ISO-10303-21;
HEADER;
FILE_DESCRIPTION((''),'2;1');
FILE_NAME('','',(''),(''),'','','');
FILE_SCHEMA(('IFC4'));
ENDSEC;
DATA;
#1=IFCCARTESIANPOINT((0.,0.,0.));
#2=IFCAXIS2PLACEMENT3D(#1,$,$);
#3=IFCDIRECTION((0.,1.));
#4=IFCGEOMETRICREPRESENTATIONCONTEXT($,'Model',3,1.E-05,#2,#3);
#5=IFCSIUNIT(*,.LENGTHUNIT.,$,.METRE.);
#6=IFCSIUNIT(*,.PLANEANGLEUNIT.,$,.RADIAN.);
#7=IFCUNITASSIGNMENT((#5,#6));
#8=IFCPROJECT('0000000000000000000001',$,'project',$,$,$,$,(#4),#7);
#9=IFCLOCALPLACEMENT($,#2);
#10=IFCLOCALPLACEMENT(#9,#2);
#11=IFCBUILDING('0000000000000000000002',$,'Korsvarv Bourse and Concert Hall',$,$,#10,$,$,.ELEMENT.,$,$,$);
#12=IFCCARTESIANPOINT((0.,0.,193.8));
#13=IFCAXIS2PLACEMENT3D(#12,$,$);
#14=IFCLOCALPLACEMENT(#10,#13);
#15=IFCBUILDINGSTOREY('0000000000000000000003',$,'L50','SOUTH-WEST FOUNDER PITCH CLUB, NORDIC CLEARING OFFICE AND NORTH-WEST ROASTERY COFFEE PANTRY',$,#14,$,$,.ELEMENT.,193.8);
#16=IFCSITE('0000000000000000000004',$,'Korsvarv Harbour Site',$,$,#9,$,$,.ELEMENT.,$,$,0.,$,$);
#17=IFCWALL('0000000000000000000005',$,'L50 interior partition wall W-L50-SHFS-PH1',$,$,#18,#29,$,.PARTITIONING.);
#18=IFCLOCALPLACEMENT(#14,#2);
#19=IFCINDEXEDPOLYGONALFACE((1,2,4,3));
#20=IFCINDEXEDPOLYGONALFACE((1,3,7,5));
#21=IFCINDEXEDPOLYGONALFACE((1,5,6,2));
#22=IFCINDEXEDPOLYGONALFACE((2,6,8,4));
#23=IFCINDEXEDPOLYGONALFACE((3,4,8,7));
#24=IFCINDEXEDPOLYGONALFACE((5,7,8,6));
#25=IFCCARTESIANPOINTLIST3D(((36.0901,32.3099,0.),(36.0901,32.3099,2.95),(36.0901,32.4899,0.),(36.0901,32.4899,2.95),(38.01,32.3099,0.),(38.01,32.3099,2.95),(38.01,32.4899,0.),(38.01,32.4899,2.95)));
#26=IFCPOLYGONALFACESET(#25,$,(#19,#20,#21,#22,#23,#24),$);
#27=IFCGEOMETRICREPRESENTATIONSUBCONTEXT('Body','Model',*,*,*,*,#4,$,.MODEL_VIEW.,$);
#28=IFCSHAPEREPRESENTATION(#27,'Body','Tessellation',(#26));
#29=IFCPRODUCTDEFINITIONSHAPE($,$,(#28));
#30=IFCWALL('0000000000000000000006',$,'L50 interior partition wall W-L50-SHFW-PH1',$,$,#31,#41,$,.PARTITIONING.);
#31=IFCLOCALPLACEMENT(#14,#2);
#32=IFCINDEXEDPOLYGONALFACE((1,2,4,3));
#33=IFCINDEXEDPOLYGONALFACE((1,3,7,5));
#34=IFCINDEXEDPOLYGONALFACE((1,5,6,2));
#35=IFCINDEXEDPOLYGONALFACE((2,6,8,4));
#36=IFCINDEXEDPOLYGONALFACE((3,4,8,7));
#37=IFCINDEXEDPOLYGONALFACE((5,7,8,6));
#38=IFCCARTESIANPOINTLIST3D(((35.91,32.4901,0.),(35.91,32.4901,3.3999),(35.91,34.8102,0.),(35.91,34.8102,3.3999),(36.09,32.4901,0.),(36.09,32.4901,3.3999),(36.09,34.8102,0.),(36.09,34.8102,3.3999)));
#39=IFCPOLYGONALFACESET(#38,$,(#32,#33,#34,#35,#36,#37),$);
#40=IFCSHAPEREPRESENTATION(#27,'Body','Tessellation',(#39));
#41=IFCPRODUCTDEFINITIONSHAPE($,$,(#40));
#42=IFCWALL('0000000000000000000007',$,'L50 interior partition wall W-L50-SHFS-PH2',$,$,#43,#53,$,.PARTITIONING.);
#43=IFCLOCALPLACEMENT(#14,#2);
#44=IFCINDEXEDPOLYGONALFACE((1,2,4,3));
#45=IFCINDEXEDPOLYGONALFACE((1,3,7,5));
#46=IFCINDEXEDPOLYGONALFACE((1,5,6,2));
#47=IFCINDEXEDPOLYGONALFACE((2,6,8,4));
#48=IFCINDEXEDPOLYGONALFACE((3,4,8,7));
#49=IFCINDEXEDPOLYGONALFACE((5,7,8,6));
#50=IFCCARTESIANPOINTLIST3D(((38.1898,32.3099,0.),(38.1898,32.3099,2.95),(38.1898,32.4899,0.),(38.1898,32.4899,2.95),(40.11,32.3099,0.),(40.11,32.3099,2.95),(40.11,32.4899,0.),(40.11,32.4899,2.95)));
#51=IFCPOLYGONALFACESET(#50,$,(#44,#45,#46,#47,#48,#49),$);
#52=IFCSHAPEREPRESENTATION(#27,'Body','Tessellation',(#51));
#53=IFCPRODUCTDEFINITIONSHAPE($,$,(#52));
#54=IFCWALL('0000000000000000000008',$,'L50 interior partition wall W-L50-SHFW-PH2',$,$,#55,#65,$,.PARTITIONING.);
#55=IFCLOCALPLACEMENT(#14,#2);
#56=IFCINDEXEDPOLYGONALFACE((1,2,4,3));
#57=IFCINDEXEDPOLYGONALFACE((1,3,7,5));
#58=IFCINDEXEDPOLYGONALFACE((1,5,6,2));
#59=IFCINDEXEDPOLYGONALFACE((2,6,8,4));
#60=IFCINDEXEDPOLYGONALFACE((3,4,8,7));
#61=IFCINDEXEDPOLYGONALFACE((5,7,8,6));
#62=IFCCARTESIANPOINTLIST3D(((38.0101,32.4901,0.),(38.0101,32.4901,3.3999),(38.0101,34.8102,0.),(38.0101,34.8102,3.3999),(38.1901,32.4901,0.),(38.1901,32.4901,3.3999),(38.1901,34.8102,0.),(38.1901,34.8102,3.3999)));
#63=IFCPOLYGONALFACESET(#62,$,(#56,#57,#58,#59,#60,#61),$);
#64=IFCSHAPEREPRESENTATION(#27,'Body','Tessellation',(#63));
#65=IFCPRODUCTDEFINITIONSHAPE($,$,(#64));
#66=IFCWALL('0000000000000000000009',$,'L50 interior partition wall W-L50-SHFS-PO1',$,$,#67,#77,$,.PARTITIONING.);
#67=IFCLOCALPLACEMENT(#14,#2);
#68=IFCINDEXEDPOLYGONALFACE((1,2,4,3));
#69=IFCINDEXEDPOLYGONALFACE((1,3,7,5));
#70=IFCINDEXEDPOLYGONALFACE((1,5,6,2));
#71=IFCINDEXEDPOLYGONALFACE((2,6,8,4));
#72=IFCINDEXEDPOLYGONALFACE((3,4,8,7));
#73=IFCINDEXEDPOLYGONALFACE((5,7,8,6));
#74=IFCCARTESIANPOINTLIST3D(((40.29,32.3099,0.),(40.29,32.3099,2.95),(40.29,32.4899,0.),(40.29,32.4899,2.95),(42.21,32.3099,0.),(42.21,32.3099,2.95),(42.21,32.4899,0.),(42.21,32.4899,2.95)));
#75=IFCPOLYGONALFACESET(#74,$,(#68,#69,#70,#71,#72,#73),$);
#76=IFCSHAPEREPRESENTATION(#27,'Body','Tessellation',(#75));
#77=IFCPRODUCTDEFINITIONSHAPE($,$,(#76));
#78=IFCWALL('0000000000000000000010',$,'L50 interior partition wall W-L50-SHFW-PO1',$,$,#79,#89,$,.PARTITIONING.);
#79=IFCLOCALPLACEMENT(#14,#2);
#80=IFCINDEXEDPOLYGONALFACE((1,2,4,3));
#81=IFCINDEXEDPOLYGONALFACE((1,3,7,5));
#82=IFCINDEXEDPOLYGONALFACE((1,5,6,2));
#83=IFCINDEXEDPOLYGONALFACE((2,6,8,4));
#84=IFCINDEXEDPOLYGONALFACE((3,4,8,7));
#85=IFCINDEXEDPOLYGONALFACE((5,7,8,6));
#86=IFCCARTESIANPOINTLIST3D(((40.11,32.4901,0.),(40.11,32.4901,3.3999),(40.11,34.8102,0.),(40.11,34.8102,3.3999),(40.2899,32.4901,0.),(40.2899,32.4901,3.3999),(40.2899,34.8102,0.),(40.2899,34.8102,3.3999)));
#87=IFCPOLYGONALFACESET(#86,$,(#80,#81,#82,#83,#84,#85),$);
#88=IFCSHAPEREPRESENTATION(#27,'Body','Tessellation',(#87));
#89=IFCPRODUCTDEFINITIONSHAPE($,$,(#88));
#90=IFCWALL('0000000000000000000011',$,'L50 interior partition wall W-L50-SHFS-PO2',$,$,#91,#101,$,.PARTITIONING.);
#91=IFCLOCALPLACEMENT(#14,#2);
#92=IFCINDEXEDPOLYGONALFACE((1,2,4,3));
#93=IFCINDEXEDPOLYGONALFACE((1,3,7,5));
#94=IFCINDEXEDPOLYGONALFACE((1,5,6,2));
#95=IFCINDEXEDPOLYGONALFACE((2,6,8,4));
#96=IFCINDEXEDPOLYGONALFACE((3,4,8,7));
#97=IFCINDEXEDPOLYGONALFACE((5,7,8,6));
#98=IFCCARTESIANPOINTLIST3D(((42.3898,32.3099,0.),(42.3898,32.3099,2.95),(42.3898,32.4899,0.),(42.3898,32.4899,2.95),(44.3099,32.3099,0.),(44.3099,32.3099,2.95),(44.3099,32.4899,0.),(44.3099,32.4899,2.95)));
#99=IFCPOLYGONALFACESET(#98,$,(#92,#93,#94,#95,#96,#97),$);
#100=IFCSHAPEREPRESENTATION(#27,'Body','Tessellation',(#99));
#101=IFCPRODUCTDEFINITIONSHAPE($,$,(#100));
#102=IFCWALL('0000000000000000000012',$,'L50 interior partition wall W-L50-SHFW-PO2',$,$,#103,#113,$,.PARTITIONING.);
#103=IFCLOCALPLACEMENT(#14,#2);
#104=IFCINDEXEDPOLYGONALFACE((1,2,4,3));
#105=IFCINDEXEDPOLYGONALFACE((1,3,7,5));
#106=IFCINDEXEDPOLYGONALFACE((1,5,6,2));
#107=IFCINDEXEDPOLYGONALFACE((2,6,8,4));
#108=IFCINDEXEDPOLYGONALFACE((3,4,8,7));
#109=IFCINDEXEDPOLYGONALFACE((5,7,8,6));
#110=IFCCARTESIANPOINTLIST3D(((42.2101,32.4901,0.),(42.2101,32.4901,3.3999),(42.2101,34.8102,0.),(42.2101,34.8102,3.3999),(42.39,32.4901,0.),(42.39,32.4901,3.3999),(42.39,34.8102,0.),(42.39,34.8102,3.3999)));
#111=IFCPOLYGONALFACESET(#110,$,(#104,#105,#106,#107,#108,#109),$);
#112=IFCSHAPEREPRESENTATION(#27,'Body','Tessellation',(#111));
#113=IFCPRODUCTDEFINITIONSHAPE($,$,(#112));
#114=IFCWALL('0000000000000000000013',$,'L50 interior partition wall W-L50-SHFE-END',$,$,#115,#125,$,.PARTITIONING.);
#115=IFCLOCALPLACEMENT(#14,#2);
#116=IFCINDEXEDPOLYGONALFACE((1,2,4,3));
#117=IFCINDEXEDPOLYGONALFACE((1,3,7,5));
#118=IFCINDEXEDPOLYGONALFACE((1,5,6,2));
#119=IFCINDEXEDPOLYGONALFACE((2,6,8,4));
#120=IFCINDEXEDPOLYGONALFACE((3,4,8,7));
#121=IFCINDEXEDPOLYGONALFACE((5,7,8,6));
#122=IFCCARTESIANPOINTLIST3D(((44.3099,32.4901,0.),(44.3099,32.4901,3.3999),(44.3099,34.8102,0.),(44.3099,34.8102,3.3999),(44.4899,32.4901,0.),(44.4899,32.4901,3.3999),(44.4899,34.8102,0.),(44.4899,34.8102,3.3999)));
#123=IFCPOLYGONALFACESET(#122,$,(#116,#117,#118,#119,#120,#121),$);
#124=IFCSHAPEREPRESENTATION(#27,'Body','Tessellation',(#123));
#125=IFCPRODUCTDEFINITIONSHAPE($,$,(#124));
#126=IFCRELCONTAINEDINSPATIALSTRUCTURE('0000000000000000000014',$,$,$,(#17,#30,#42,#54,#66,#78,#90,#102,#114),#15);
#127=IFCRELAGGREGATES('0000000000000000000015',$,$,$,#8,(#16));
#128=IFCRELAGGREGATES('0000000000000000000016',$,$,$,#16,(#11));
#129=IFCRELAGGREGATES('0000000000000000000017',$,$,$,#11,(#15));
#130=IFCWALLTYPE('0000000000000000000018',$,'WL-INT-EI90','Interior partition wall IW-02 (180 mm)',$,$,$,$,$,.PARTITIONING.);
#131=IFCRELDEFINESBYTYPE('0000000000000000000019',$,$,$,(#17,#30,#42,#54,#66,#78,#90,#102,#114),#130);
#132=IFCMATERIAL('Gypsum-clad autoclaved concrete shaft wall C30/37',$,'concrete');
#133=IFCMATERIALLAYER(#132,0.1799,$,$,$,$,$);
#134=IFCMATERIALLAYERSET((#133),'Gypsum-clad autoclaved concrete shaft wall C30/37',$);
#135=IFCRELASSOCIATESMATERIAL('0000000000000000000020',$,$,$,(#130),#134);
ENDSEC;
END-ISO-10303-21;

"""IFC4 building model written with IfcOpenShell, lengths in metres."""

from ifc_helpers import new_model, si_unit, direction, frame, frame_2d, origin, place, context, subcontext, project, spatial, rectangle, extrude, material, layer, layer_set, type_object, element, save


model = new_model("IFC4")

# Units and contexts
model_context = context("Model", 3, precision=1e-05, world=origin(), true_north=direction((0.0, 1.0)))
body_context = subcontext(model_context, "Body", "Model", "MODEL_VIEW")
ifc_project = project(units=[si_unit("LENGTHUNIT", "METRE"), si_unit("PLANEANGLEUNIT", "RADIAN")], contexts=[model_context])

# Site, building, storey
site_placement = place(None, origin())
site = spatial("IfcSite", under=ifc_project, at=site_placement, Name="Korsvarv Harbour Site", CompositionType="ELEMENT", RefElevation=0.0)
building_placement = place(site_placement, origin())
building = spatial("IfcBuilding", under=site, at=building_placement, Name="Korsvarv Bourse and Concert Hall", CompositionType="ELEMENT")
storey_placement = place(building_placement, frame((0.0, 0.0, 193.8)))
storey = spatial("IfcBuildingStorey", under=building, at=storey_placement, Name="L50", Description="SOUTH-WEST FOUNDER PITCH CLUB, NORDIC CLEARING OFFICE AND NORTH-WEST ROASTERY COFFEE PANTRY", CompositionType="ELEMENT", Elevation=193.8)

# Walls
ifc_material_1 = material(Name="Gypsum-clad autoclaved concrete shaft wall C30/37", Category="concrete")
ifc_layer_1 = layer(ifc_material_1, 0.1799)
ifc_layer_set_1 = layer_set([ifc_layer_1], Name="Gypsum-clad autoclaved concrete shaft wall C30/37")
wall_type_1 = type_object("IfcWallType", Name="WL-INT-EI90", Description="Interior partition wall IW-02 (180 mm)", PredefinedType="PARTITIONING", material=ifc_layer_set_1)
wall_1_placement = place(storey_placement, frame((36.0901, 32.3999, 0.0), z_axis=(0.0, 0.0, 1.0), x_axis=(1.0, 0.0, 0.0)))
element("IfcWall", 1, at=wall_1_placement, inside=storey, type_object=wall_type_1, Name="L50 interior partition wall W-L50-SHFS-PH1", PredefinedType="PARTITIONING", context=body_context, shape_type="SweptSolid", body=[
    extrude(rectangle(XDim=1.9199, YDim=0.1799, at=frame_2d((0.96, 0.0))), origin(), (0.0, 0.0, 1.0), 2.95),
])
wall_2_placement = place(storey_placement, frame((36.0, 32.49, 0.0), z_axis=(0.0, 0.0, 1.0), x_axis=(0.0, 1.0, 0.0)))
element("IfcWall", 2, at=wall_2_placement, inside=storey, type_object=wall_type_1, Name="L50 interior partition wall W-L50-SHFW-PH1", PredefinedType="PARTITIONING", context=body_context, shape_type="SweptSolid", body=[
    extrude(rectangle(XDim=2.3201, YDim=0.1799, at=frame_2d((1.1602, 0.0))), origin(), (0.0, 0.0, 1.0), 3.3999),
])
wall_3_placement = place(storey_placement, frame((38.1899, 32.3999, 0.0), z_axis=(0.0, 0.0, 1.0), x_axis=(1.0, 0.0, 0.0)))
element("IfcWall", 3, at=wall_3_placement, inside=storey, type_object=wall_type_1, Name="L50 interior partition wall W-L50-SHFS-PH2", PredefinedType="PARTITIONING", context=body_context, shape_type="SweptSolid", body=[
    extrude(rectangle(XDim=1.9202, YDim=0.1799, at=frame_2d((0.96, 0.0))), origin(), (0.0, 0.0, 1.0), 2.95),
])
wall_4_placement = place(storey_placement, frame((38.1001, 32.49, 0.0), z_axis=(0.0, 0.0, 1.0), x_axis=(0.0, 1.0, 0.0)))
element("IfcWall", 4, at=wall_4_placement, inside=storey, type_object=wall_type_1, Name="L50 interior partition wall W-L50-SHFW-PH2", PredefinedType="PARTITIONING", context=body_context, shape_type="SweptSolid", body=[
    extrude(rectangle(XDim=2.3201, YDim=0.1799, at=frame_2d((1.1602, 0.0))), origin(), (0.0, 0.0, 1.0), 3.3999),
])
wall_5_placement = place(storey_placement, frame((40.29, 32.3999, 0.0), z_axis=(0.0, 0.0, 1.0), x_axis=(1.0, 0.0, 0.0)))
element("IfcWall", 5, at=wall_5_placement, inside=storey, type_object=wall_type_1, Name="L50 interior partition wall W-L50-SHFS-PO1", PredefinedType="PARTITIONING", context=body_context, shape_type="SweptSolid", body=[
    extrude(rectangle(XDim=1.9199, YDim=0.1799, at=frame_2d((0.96, 0.0))), origin(), (0.0, 0.0, 1.0), 2.95),
])
wall_6_placement = place(storey_placement, frame((40.2, 32.49, 0.0), z_axis=(0.0, 0.0, 1.0), x_axis=(0.0, 1.0, 0.0)))
element("IfcWall", 6, at=wall_6_placement, inside=storey, type_object=wall_type_1, Name="L50 interior partition wall W-L50-SHFW-PO1", PredefinedType="PARTITIONING", context=body_context, shape_type="SweptSolid", body=[
    extrude(rectangle(XDim=2.3201, YDim=0.1799, at=frame_2d((1.1602, 0.0))), origin(), (0.0, 0.0, 1.0), 3.3999),
])
wall_7_placement = place(storey_placement, frame((42.3899, 32.3999, 0.0), z_axis=(0.0, 0.0, 1.0), x_axis=(1.0, 0.0, 0.0)))
element("IfcWall", 7, at=wall_7_placement, inside=storey, type_object=wall_type_1, Name="L50 interior partition wall W-L50-SHFS-PO2", PredefinedType="PARTITIONING", context=body_context, shape_type="SweptSolid", body=[
    extrude(rectangle(XDim=1.9202, YDim=0.1799, at=frame_2d((0.96, 0.0))), origin(), (0.0, 0.0, 1.0), 2.95),
])
for number, where, z_axis, x_axis, name in (
    (8, (42.3, 32.49, 0.0), (0.0, 0.0, 1.0), (0.0, 1.0, 0.0), "L50 interior partition wall W-L50-SHFW-PO2"),
    (9, (44.3999, 32.49, 0.0), (0.0, 0.0, 1.0), (0.0, 1.0, 0.0), "L50 interior partition wall W-L50-SHFE-END"),
):
    element("IfcWall", number, at=place(storey_placement, frame(where, z_axis=z_axis, x_axis=x_axis)), inside=storey, type_object=wall_type_1, Name=name, PredefinedType="PARTITIONING", context=body_context, shape_type="SweptSolid", body=[
        extrude(rectangle(XDim=2.3201, YDim=0.1799, at=frame_2d((1.1602, 0.0))), origin(), (0.0, 0.0, 1.0), 3.3999),
    ])

save(model, "model.ifc")
